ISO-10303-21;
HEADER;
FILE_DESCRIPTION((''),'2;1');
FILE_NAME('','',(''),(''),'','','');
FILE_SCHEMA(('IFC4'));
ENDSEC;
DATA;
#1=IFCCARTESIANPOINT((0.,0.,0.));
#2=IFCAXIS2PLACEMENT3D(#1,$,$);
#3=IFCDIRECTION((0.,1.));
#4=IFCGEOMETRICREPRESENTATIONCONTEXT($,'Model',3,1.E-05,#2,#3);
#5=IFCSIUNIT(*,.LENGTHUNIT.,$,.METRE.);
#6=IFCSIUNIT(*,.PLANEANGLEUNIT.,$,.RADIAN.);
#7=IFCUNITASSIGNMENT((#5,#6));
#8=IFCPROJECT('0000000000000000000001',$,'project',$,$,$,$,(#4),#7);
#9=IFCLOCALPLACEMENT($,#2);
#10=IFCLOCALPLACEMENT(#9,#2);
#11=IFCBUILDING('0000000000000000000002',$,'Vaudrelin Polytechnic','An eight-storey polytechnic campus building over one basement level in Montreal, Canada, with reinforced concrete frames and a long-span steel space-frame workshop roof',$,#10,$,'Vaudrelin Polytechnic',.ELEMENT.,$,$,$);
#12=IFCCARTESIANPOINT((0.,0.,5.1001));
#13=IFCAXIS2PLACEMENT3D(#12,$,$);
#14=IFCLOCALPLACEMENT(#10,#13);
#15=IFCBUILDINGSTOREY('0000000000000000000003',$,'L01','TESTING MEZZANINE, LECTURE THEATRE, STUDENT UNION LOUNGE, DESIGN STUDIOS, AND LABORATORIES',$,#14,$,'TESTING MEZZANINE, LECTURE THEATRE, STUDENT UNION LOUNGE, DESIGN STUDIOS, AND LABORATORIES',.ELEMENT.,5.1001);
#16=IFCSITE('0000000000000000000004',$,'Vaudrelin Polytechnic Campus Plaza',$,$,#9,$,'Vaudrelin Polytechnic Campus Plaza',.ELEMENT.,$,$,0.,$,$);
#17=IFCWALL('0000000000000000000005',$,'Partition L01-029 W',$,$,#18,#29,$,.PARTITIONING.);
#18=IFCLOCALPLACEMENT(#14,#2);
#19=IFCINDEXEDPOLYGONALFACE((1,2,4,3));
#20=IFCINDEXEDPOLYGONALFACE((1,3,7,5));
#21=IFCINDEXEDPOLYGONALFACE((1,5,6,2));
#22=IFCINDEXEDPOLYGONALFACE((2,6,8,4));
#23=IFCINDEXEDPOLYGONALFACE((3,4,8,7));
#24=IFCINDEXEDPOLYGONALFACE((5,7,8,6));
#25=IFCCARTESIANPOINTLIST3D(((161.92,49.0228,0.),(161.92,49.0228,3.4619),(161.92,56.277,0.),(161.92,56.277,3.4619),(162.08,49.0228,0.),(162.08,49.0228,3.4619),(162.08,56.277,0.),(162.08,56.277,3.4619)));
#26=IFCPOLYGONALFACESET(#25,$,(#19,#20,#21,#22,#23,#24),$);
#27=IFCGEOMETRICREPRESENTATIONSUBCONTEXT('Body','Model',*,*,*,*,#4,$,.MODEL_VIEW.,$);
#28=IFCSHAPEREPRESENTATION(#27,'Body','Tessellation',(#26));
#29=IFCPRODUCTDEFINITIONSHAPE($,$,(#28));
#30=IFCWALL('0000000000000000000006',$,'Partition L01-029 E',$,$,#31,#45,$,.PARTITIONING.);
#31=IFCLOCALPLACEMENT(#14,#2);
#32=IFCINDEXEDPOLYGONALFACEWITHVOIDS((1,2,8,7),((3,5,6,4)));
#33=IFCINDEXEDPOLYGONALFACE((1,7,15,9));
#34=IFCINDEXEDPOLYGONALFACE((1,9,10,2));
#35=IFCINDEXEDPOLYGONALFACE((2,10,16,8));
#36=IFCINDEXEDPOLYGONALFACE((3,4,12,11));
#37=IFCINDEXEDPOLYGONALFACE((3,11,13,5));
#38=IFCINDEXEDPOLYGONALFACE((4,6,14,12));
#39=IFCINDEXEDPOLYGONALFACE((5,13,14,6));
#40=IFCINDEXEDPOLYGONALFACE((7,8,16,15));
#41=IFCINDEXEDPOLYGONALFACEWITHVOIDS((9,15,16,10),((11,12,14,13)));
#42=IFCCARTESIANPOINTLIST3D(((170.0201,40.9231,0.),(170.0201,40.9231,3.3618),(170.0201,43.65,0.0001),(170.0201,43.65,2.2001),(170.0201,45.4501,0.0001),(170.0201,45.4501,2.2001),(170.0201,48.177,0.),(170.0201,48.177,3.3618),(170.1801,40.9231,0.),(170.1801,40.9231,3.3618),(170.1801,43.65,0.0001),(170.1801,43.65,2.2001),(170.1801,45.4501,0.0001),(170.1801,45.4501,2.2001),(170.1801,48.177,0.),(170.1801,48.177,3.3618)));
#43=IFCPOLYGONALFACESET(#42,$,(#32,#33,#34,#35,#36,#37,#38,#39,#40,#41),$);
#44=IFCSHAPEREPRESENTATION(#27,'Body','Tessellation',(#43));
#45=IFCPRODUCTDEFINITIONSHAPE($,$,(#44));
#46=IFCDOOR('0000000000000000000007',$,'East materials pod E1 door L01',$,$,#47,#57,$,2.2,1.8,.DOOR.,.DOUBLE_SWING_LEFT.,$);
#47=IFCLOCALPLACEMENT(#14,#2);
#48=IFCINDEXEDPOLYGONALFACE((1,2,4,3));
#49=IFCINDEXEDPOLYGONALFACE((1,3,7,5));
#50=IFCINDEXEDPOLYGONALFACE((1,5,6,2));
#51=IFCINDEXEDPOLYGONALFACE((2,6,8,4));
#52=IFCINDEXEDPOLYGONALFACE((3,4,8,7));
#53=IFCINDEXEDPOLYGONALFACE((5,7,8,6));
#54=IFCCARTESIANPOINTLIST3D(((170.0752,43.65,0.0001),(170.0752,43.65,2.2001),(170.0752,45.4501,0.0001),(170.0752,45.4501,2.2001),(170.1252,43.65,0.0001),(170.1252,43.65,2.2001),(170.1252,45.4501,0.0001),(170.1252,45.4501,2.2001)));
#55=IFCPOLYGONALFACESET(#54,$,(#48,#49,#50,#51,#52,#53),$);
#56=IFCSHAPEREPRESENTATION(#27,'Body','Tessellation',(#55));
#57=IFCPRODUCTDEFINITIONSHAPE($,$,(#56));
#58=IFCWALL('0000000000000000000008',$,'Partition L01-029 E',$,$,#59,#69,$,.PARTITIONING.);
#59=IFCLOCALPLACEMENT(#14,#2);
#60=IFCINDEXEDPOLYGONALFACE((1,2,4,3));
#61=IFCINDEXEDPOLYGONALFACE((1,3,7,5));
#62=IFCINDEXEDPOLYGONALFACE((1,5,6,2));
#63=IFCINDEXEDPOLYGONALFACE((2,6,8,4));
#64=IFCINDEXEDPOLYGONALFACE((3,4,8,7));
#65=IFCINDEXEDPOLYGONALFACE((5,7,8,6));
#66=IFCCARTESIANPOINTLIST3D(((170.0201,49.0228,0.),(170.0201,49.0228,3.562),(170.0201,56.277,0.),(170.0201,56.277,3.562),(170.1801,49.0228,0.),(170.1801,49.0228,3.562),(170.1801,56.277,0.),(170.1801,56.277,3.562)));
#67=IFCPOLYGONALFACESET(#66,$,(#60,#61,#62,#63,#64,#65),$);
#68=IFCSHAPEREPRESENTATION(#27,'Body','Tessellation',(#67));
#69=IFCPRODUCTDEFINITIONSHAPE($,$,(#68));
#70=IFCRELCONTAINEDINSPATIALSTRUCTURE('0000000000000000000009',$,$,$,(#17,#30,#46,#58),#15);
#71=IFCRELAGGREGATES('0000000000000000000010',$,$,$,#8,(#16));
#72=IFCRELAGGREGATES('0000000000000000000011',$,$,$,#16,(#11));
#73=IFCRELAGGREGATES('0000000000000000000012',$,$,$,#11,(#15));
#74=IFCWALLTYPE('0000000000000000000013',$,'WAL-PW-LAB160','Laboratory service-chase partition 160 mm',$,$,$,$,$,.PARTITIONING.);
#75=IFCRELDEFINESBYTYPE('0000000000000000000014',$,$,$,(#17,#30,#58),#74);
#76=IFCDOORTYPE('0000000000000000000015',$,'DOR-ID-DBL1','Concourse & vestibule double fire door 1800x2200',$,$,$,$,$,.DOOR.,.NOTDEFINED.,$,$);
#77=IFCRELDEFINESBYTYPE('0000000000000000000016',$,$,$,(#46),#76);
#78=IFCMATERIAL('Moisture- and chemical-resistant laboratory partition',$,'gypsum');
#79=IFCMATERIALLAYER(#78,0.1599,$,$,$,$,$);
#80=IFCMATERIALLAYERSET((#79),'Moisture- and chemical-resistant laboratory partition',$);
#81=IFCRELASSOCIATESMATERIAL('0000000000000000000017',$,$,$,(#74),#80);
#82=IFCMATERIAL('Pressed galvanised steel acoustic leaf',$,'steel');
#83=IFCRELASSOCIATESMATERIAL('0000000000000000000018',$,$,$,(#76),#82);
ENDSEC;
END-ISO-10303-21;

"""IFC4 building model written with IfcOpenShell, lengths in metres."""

from ifc_helpers import new_model, si_unit, direction, frame, frame_2d, origin, place, context, subcontext, project, spatial, rectangle, extrude, material, layer, layer_set, type_object, element, fill, save


model = new_model("IFC4")

# Units and contexts
model_context = context("Model", 3, precision=1e-05, world=origin(), true_north=direction((0.0, 1.0)))
body_context = subcontext(model_context, "Body", "Model", "MODEL_VIEW")
ifc_project = project(units=[si_unit("LENGTHUNIT", "METRE"), si_unit("PLANEANGLEUNIT", "RADIAN")], contexts=[model_context])

# Site, building, storey
site_placement = place(None, origin())
site = spatial("IfcSite", under=ifc_project, at=site_placement, Name="Vaudrelin Polytechnic Campus Plaza", LongName="Vaudrelin Polytechnic Campus Plaza", CompositionType="ELEMENT", RefElevation=0.0)
building_placement = place(site_placement, origin())
building = spatial("IfcBuilding", under=site, at=building_placement, Name="Vaudrelin Polytechnic", Description="An eight-storey polytechnic campus building over one basement level in Montreal, Canada, with reinforced concrete frames and a long-span steel space-frame workshop roof", LongName="Vaudrelin Polytechnic", CompositionType="ELEMENT")
storey_placement = place(building_placement, frame((0.0, 0.0, 5.1001)))
storey = spatial("IfcBuildingStorey", under=building, at=storey_placement, Name="L01", Description="TESTING MEZZANINE, LECTURE THEATRE, STUDENT UNION LOUNGE, DESIGN STUDIOS, AND LABORATORIES", LongName="TESTING MEZZANINE, LECTURE THEATRE, STUDENT UNION LOUNGE, DESIGN STUDIOS, AND LABORATORIES", CompositionType="ELEMENT", Elevation=5.1001)

# Wall
ifc_material_1 = material(Name="Moisture- and chemical-resistant laboratory partition", Category="gypsum")
ifc_layer_1 = layer(ifc_material_1, 0.1599)
ifc_layer_set_1 = layer_set([ifc_layer_1], Name="Moisture- and chemical-resistant laboratory partition")
wall_type = type_object("IfcWallType", Name="WAL-PW-LAB160", Description="Laboratory service-chase partition 160 mm", PredefinedType="PARTITIONING", material=ifc_layer_set_1)
wall_1_placement = place(storey_placement, frame((162.0, 49.0229, 0.0), z_axis=(0.0, 0.0, 1.0), x_axis=(0.0, 1.0, 0.0)))
element("IfcWall", 1, at=wall_1_placement, inside=storey, type_object=wall_type, Name="Partition L01-029 W", PredefinedType="PARTITIONING", context=body_context, shape_type="SweptSolid", body=[
    extrude(rectangle(XDim=7.2542, YDim=0.1599, at=frame_2d((3.627, 0.0))), origin(), (0.0, 0.0, 1.0), 3.4619),
])

# Wall, opening, door
wall_2_placement = place(storey_placement, frame((170.1001, 40.9231, 0.0), z_axis=(0.0, 0.0, 1.0), x_axis=(0.0, 1.0, 0.0)))
wall_2 = element("IfcWall", 2, at=wall_2_placement, inside=storey, type_object=wall_type, Name="Partition L01-029 E", PredefinedType="PARTITIONING", context=body_context, shape_type="SweptSolid", body=[
    extrude(rectangle(XDim=7.2539, YDim=0.1599, at=frame_2d((3.627, 0.0))), origin(), (0.0, 0.0, 1.0), 3.3618),
])
opening_placement = place(wall_2_placement, frame((2.7271, 0.0, 0.0)))
opening = element("IfcOpeningElement", 3, at=opening_placement, cuts=wall_2, PredefinedType="OPENING", context=body_context, shape_type="SweptSolid", body=[
    extrude(rectangle(XDim=1.8, YDim=2.2, at=frame_2d((0.8999, 1.1001))), frame((0.0, 0.0898, 0.0), z_axis=(0.0, -1.0, 0.0), x_axis=(1.0, 0.0, 0.0)), (0.0, 0.0, 1.0), 0.1799),
])
ifc_material_2 = material(Name="Pressed galvanised steel acoustic leaf", Category="steel")
door_type = type_object("IfcDoorType", Name="DOR-ID-DBL1", Description="Concourse & vestibule double fire door 1800x2200", OperationType="NOTDEFINED", PredefinedType="DOOR", material=ifc_material_2)
door_placement = place(opening_placement, origin())
door = element("IfcDoor", 4, at=door_placement, inside=storey, type_object=door_type, Name="East materials pod E1 door L01", OperationType="DOUBLE_SWING_LEFT", OverallHeight=2.2, OverallWidth=1.8, PredefinedType="DOOR", context=body_context, shape_type="SweptSolid", body=[
    extrude(rectangle(XDim=1.8, YDim=2.2, at=frame_2d((0.8999, 1.1001))), frame((0.0, 0.0249, 0.0), z_axis=(0.0, -1.0, 0.0), x_axis=(1.0, 0.0, 0.0)), (0.0, 0.0, 1.0), 0.05),
])
fill(opening, door)

# Wall
wall_3_placement = place(storey_placement, frame((170.1001, 49.0229, 0.0), z_axis=(0.0, 0.0, 1.0), x_axis=(0.0, 1.0, 0.0)))
element("IfcWall", 5, at=wall_3_placement, inside=storey, type_object=wall_type, Name="Partition L01-029 E", PredefinedType="PARTITIONING", context=body_context, shape_type="SweptSolid", body=[
    extrude(rectangle(XDim=7.2542, YDim=0.1599, at=frame_2d((3.627, 0.0))), origin(), (0.0, 0.0, 1.0), 3.562),
])

save(model, "model.ifc")
